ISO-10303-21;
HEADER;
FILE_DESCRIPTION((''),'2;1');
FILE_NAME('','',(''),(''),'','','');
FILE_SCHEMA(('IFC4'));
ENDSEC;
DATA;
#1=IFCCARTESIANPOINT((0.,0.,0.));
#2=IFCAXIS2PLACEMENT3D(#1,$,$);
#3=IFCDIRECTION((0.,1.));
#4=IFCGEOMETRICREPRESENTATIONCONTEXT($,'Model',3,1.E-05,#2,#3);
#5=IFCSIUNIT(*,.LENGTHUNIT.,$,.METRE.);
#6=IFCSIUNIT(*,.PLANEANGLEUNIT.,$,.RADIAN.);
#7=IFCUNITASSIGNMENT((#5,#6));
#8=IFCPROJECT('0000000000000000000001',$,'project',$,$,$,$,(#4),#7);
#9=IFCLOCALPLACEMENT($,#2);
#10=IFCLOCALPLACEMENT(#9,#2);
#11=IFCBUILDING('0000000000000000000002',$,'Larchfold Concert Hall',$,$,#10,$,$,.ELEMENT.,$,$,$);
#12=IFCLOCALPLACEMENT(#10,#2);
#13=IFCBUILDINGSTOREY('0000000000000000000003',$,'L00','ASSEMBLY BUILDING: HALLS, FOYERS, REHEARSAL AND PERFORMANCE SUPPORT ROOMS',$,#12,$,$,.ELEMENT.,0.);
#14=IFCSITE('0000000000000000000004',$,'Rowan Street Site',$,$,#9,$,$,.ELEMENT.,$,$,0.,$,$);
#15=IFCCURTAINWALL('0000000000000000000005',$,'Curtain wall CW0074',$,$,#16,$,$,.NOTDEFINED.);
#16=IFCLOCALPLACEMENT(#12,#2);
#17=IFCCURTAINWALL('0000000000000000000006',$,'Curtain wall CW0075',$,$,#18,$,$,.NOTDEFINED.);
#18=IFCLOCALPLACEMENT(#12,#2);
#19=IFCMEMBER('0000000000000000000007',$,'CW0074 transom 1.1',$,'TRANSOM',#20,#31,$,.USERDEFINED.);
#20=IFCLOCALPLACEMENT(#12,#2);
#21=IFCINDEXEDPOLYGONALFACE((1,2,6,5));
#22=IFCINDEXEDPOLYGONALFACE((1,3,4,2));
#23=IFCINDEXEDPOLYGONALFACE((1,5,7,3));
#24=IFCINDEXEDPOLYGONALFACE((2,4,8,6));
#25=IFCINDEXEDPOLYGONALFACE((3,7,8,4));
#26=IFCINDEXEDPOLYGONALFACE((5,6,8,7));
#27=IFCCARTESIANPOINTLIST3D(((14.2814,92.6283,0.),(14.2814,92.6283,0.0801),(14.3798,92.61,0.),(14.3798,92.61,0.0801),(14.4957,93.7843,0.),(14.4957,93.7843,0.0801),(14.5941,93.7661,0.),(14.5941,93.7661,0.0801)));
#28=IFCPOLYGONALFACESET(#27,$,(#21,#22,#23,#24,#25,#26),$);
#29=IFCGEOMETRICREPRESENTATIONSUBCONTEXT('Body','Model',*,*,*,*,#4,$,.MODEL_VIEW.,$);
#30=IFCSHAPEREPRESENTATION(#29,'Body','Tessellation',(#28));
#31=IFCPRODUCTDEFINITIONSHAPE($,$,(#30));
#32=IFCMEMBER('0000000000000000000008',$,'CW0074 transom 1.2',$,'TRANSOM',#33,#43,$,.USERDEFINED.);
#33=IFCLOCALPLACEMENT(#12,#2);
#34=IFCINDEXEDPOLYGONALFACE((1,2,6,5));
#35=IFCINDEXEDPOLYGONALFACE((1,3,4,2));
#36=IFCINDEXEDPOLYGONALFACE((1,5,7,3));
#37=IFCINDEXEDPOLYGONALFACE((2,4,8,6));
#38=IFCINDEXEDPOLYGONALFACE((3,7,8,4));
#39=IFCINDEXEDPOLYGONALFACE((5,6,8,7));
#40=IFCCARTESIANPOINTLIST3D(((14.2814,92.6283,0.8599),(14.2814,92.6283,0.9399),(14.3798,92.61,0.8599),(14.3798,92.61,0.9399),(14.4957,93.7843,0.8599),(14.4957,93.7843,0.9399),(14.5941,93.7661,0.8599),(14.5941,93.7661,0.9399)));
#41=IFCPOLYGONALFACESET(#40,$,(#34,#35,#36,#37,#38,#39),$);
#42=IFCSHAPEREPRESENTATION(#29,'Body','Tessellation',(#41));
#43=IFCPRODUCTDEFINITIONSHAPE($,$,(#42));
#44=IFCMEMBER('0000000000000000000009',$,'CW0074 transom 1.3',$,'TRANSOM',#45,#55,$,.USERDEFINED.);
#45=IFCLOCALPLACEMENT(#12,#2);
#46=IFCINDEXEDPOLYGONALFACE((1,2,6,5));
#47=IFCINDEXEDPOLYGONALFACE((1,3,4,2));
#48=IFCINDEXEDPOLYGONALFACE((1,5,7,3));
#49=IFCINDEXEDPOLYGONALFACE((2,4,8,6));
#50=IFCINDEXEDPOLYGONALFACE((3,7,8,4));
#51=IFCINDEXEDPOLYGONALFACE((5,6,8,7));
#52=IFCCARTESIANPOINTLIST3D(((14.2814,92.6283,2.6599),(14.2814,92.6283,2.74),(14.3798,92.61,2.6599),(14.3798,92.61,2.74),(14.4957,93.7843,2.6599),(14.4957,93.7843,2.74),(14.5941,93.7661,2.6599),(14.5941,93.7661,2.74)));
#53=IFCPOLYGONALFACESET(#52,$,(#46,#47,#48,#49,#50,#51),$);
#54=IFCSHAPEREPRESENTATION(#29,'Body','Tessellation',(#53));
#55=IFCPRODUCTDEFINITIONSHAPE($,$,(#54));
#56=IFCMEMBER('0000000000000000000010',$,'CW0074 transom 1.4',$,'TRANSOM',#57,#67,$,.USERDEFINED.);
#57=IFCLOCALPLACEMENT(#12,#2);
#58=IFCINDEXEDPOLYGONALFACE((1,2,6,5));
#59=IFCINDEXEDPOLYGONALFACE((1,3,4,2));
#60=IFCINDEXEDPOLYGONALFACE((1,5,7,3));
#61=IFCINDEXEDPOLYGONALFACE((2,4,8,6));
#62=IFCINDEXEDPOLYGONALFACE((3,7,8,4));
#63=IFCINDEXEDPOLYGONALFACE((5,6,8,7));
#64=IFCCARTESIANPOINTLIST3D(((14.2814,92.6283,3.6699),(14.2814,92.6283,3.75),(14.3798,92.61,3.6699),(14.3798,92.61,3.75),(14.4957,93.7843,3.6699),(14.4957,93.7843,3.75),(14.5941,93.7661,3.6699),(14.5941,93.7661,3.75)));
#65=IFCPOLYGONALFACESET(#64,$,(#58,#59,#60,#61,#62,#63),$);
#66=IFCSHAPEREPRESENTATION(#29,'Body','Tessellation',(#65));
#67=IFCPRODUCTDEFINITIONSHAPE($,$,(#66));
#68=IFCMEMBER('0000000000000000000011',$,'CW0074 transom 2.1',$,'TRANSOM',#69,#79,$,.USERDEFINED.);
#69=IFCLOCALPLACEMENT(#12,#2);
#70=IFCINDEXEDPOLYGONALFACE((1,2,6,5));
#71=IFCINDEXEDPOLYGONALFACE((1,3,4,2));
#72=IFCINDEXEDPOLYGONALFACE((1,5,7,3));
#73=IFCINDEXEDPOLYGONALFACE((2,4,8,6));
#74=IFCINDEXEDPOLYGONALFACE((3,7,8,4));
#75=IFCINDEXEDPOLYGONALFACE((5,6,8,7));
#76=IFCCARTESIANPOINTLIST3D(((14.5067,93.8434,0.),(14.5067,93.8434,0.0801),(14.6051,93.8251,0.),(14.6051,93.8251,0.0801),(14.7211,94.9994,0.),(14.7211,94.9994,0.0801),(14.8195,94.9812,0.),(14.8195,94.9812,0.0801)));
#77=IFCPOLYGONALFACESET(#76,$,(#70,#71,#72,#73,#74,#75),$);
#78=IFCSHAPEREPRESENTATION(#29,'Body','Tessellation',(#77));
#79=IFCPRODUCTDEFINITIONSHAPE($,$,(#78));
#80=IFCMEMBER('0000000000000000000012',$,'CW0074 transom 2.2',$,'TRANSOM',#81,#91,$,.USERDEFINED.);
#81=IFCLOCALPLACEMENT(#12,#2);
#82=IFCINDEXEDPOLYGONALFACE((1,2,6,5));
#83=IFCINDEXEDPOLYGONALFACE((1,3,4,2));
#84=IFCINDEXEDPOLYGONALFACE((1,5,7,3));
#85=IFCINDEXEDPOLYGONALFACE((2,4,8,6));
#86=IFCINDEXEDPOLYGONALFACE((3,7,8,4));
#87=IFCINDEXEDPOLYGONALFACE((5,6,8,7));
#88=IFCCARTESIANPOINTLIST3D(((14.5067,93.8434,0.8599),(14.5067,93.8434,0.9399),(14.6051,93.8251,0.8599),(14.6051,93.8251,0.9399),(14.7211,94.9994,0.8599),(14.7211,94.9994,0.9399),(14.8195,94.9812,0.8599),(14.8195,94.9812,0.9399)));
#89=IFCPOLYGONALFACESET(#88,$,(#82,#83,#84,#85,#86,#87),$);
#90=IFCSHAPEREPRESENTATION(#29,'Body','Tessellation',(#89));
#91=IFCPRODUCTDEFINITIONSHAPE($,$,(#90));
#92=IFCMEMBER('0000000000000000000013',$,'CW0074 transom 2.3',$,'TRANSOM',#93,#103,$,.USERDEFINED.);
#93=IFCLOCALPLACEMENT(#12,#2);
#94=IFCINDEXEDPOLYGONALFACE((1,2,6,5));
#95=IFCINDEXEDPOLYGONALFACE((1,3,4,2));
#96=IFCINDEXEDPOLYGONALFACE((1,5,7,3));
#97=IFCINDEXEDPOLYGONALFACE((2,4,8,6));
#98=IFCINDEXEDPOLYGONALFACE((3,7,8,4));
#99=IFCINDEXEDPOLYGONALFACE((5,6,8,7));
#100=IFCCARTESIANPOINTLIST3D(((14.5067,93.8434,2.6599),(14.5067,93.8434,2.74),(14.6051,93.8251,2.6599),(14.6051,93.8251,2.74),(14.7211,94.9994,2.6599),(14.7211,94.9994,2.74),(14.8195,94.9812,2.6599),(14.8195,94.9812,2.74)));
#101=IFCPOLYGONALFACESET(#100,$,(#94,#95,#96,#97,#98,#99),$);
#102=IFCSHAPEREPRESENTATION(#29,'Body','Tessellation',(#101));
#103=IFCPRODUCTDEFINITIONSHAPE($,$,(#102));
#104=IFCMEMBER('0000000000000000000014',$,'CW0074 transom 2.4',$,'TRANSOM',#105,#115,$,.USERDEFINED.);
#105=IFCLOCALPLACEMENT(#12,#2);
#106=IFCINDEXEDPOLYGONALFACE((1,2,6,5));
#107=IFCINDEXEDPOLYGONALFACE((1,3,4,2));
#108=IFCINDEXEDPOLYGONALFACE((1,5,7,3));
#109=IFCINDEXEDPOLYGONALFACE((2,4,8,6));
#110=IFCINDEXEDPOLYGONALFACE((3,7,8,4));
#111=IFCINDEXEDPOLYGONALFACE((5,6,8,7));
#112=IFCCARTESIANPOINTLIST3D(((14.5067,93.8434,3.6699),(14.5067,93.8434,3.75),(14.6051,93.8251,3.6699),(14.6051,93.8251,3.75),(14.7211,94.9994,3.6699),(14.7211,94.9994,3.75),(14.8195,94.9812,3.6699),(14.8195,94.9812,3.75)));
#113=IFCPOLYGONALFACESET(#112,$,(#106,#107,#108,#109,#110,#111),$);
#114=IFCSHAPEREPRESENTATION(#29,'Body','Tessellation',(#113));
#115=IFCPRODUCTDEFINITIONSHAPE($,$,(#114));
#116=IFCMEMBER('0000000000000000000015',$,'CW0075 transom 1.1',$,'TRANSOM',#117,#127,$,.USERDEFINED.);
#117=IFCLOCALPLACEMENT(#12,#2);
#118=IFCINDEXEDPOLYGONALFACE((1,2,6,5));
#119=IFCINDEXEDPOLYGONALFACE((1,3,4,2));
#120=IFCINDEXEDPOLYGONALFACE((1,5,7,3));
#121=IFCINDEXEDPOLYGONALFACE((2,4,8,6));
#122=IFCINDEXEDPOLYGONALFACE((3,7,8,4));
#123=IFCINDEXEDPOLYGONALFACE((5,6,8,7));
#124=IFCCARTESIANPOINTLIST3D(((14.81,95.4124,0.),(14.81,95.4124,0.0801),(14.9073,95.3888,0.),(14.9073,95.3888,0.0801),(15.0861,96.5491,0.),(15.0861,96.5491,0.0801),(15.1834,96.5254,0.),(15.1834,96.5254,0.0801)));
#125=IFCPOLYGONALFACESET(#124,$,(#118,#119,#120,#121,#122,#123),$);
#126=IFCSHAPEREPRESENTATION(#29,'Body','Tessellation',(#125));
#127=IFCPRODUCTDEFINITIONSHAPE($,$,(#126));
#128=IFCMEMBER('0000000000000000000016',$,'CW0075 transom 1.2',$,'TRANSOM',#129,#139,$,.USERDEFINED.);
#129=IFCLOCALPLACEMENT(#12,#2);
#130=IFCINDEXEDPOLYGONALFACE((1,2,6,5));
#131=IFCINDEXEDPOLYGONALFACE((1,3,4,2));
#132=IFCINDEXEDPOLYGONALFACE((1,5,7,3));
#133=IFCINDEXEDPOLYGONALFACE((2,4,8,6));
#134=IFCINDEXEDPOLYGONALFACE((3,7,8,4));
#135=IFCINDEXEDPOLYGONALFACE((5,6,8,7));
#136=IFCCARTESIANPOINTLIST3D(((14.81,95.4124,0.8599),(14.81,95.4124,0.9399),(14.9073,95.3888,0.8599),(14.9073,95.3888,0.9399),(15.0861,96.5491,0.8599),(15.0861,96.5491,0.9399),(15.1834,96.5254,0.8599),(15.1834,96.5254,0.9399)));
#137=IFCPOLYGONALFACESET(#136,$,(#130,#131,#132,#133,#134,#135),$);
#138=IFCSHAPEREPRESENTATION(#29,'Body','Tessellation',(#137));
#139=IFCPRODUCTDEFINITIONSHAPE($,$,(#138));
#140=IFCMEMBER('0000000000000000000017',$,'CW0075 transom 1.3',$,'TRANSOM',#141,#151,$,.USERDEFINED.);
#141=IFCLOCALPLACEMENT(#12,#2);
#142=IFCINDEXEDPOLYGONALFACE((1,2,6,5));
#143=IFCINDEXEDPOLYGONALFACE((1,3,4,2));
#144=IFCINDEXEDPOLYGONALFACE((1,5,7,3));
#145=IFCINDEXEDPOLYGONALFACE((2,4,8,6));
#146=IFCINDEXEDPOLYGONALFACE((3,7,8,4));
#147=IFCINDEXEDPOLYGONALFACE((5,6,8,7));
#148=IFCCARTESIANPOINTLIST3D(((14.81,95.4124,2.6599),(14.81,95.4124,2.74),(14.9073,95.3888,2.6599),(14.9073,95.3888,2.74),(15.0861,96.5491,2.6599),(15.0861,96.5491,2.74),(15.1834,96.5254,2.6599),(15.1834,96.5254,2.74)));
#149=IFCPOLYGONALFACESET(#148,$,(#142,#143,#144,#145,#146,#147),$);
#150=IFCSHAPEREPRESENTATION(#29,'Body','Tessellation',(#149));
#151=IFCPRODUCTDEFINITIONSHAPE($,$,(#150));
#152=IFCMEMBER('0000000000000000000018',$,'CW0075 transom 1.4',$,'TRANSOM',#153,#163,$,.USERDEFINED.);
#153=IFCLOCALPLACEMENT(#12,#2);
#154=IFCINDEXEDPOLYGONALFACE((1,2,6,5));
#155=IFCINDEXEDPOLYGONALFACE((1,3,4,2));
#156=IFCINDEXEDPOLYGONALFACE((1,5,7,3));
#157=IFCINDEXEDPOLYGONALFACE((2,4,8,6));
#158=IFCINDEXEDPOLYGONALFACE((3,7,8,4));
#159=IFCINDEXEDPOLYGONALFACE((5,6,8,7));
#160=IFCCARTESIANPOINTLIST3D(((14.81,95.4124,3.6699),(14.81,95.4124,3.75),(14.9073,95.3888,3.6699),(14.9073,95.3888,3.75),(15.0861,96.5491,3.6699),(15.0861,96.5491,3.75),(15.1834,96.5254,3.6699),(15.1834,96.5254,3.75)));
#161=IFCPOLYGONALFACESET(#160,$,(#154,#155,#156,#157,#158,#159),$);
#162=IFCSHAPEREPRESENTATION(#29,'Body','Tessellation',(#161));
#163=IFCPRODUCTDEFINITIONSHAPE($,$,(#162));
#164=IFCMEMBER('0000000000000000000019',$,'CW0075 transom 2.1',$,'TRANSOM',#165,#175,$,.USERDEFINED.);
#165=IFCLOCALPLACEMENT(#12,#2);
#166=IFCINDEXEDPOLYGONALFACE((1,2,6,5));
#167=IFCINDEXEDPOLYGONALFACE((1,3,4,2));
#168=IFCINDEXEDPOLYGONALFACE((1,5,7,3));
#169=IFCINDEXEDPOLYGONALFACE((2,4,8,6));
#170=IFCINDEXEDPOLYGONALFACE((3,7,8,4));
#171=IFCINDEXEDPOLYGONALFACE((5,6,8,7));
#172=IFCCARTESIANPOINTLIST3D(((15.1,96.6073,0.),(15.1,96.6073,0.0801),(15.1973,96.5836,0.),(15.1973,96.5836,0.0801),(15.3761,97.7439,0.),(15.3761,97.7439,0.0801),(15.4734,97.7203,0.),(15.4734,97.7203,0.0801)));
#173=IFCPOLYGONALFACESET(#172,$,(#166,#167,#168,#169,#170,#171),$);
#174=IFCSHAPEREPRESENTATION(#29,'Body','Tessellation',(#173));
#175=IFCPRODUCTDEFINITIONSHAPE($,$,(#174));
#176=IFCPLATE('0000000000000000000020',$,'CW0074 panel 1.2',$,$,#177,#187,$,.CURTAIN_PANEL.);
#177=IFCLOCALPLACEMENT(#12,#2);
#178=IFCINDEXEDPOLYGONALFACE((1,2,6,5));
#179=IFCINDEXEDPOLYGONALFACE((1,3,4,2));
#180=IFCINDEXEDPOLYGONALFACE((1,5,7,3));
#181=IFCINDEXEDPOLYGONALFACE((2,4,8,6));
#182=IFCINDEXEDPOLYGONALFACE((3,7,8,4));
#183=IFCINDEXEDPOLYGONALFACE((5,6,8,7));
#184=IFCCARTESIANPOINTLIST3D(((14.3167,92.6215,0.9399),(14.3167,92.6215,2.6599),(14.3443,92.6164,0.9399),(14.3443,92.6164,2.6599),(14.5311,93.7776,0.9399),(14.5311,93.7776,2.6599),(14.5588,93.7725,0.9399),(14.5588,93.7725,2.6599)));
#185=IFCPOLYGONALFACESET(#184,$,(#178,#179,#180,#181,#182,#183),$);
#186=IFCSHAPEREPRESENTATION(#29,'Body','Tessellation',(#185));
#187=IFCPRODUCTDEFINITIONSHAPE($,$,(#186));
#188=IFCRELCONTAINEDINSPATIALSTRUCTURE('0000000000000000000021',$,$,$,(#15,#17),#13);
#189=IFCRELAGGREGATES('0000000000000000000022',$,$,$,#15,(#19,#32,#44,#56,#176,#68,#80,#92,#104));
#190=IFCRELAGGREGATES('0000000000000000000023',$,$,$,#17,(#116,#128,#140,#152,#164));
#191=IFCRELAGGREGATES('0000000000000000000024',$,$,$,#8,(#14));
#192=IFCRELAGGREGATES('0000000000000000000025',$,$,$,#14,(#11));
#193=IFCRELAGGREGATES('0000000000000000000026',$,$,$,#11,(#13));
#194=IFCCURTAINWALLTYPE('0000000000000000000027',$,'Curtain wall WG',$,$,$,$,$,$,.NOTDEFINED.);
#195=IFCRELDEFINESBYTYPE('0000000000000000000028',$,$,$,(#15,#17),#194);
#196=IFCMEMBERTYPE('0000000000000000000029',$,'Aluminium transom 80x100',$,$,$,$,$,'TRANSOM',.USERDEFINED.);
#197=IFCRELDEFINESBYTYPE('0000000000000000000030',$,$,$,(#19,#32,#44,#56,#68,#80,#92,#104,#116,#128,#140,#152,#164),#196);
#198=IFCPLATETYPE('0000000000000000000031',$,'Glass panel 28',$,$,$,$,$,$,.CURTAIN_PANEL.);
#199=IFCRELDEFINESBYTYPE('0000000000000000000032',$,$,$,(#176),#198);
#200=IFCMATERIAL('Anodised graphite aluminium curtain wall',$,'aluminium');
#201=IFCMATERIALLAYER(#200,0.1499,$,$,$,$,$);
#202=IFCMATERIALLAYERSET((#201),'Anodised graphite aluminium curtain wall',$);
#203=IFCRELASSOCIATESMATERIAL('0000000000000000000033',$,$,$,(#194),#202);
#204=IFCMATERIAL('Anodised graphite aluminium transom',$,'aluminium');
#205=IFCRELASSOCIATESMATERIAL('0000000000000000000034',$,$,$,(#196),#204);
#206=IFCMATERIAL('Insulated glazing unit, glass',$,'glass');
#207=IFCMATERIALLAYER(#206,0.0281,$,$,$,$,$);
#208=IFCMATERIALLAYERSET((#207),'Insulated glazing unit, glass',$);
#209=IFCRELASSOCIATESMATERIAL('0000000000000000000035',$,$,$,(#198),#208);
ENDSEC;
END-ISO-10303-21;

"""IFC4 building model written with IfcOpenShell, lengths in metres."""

from ifc_helpers import new_model, si_unit, direction, frame, origin, origin_2d, place, context, subcontext, project, spatial, rectangle, extrude, material, layer, layer_set, material_profile, profile_set, type_object, element, aggregate, save


model = new_model("IFC4")

# Units and contexts
model_context = context("Model", 3, precision=1e-05, world=origin(), true_north=direction((0.0, 1.0)))
body_context = subcontext(model_context, "Body", "Model", "MODEL_VIEW")
ifc_project = project(units=[si_unit("LENGTHUNIT", "METRE"), si_unit("PLANEANGLEUNIT", "RADIAN")], contexts=[model_context])

# Site, building, storey
site_placement = place(None, origin())
site = spatial("IfcSite", under=ifc_project, at=site_placement, Name="Rowan Street Site", CompositionType="ELEMENT", RefElevation=0.0)
building_placement = place(site_placement, origin())
building = spatial("IfcBuilding", under=site, at=building_placement, Name="Larchfold Concert Hall", CompositionType="ELEMENT")
storey_placement = place(building_placement, origin())
storey = spatial("IfcBuildingStorey", under=building, at=storey_placement, Name="L00", Description="ASSEMBLY BUILDING: HALLS, FOYERS, REHEARSAL AND PERFORMANCE SUPPORT ROOMS", CompositionType="ELEMENT", Elevation=0.0)

# Shared definitions
ifc_material_1 = material(Name="Anodised graphite aluminium curtain wall", Category="aluminium")
ifc_layer_1 = layer(ifc_material_1, 0.1499)
ifc_layer_set_1 = layer_set([ifc_layer_1], Name="Anodised graphite aluminium curtain wall")
curtain_wall_type = type_object("IfcCurtainWallType", Name="Curtain wall WG", PredefinedType="NOTDEFINED", material=ifc_layer_set_1)

# Curtain walls
curtain_wall_1_placement = place(storey_placement, origin())
curtain_wall_1 = element("IfcCurtainWall", 1, at=curtain_wall_1_placement, inside=storey, type_object=curtain_wall_type, Name="Curtain wall CW0074", PredefinedType="NOTDEFINED")
curtain_wall_2_placement = place(storey_placement, origin())
curtain_wall_2 = element("IfcCurtainWall", 2, at=curtain_wall_2_placement, inside=storey, type_object=curtain_wall_type, Name="Curtain wall CW0075", PredefinedType="NOTDEFINED")

# Members
ifc_material_2 = material(Name="Anodised graphite aluminium transom", Category="aluminium")
ifc_material_profile_1 = material_profile(ifc_material_2, rectangle(XDim=0.1001, YDim=0.0801, at=origin_2d()))
ifc_profile_set_1 = profile_set([ifc_material_profile_1], Name="Anodised graphite aluminium transom")
member_type_1 = type_object("IfcMemberType", Name="Aluminium transom 80x100", ElementType="TRANSOM", PredefinedType="USERDEFINED", material=ifc_profile_set_1)
member_1_placement = place(storey_placement, frame((14.3306, 92.6191, 0.04), z_axis=(0.18232, 0.983239, 0.0), x_axis=(-0.983239, 0.18232, 0.0)))
member_1 = element("IfcMember", 3, at=member_1_placement, type_object=member_type_1, Name="CW0074 transom 1.1", ObjectType="TRANSOM", PredefinedType="USERDEFINED", context=body_context, shape_type="SweptSolid", body=[
    extrude(rectangle(XDim=0.1001, YDim=0.0801, at=origin_2d()), origin(), (0.0, 0.0, 1.0), 1.1758),
])
member_2_placement = place(storey_placement, frame((14.3306, 92.6191, 0.8999), z_axis=(0.18232, 0.983239, 0.0), x_axis=(-0.983239, 0.18232, 0.0)))
member_2 = element("IfcMember", 4, at=member_2_placement, type_object=member_type_1, Name="CW0074 transom 1.2", ObjectType="TRANSOM", PredefinedType="USERDEFINED", context=body_context, shape_type="SweptSolid", body=[
    extrude(rectangle(XDim=0.1001, YDim=0.0801, at=origin_2d()), origin(), (0.0, 0.0, 1.0), 1.1758),
])
member_3_placement = place(storey_placement, frame((14.3306, 92.6191, 2.7), z_axis=(0.18232, 0.983239, 0.0), x_axis=(-0.983239, 0.18232, 0.0)))
member_3 = element("IfcMember", 5, at=member_3_placement, type_object=member_type_1, Name="CW0074 transom 1.3", ObjectType="TRANSOM", PredefinedType="USERDEFINED", context=body_context, shape_type="SweptSolid", body=[
    extrude(rectangle(XDim=0.1001, YDim=0.0801, at=origin_2d()), origin(), (0.0, 0.0, 1.0), 1.1758),
])
member_4_placement = place(storey_placement, frame((14.3306, 92.6191, 3.71), z_axis=(0.18232, 0.983239, 0.0), x_axis=(-0.983239, 0.18232, 0.0)))
member_4 = element("IfcMember", 6, at=member_4_placement, type_object=member_type_1, Name="CW0074 transom 1.4", ObjectType="TRANSOM", PredefinedType="USERDEFINED", context=body_context, shape_type="SweptSolid", body=[
    extrude(rectangle(XDim=0.1001, YDim=0.0801, at=origin_2d()), origin(), (0.0, 0.0, 1.0), 1.1758),
])
member_5_placement = place(storey_placement, frame((14.5559, 93.8342, 0.04), z_axis=(0.18232, 0.983239, 0.0), x_axis=(-0.983239, 0.18232, 0.0)))
member_5 = element("IfcMember", 7, at=member_5_placement, type_object=member_type_1, Name="CW0074 transom 2.1", ObjectType="TRANSOM", PredefinedType="USERDEFINED", context=body_context, shape_type="SweptSolid", body=[
    extrude(rectangle(XDim=0.1001, YDim=0.0801, at=origin_2d()), origin(), (0.0, 0.0, 1.0), 1.1758),
])
member_6_placement = place(storey_placement, frame((14.5559, 93.8342, 0.8999), z_axis=(0.18232, 0.983239, 0.0), x_axis=(-0.983239, 0.18232, 0.0)))
member_6 = element("IfcMember", 8, at=member_6_placement, type_object=member_type_1, Name="CW0074 transom 2.2", ObjectType="TRANSOM", PredefinedType="USERDEFINED", context=body_context, shape_type="SweptSolid", body=[
    extrude(rectangle(XDim=0.1001, YDim=0.0801, at=origin_2d()), origin(), (0.0, 0.0, 1.0), 1.1758),
])
member_7_placement = place(storey_placement, frame((14.5559, 93.8342, 2.7), z_axis=(0.18232, 0.983239, 0.0), x_axis=(-0.983239, 0.18232, 0.0)))
member_7 = element("IfcMember", 9, at=member_7_placement, type_object=member_type_1, Name="CW0074 transom 2.3", ObjectType="TRANSOM", PredefinedType="USERDEFINED", context=body_context, shape_type="SweptSolid", body=[
    extrude(rectangle(XDim=0.1001, YDim=0.0801, at=origin_2d()), origin(), (0.0, 0.0, 1.0), 1.1758),
])
member_8_placement = place(storey_placement, frame((14.5559, 93.8342, 3.71), z_axis=(0.18232, 0.983239, 0.0), x_axis=(-0.983239, 0.18232, 0.0)))
member_8 = element("IfcMember", 10, at=member_8_placement, type_object=member_type_1, Name="CW0074 transom 2.4", ObjectType="TRANSOM", PredefinedType="USERDEFINED", context=body_context, shape_type="SweptSolid", body=[
    extrude(rectangle(XDim=0.1001, YDim=0.0801, at=origin_2d()), origin(), (0.0, 0.0, 1.0), 1.1758),
])
member_9_placement = place(storey_placement, frame((14.8586, 95.4006, 0.04), z_axis=(0.236048, 0.971741, 0.0), x_axis=(-0.971741, 0.236048, 0.0)))
member_9 = element("IfcMember", 11, at=member_9_placement, type_object=member_type_1, Name="CW0075 transom 1.1", ObjectType="TRANSOM", PredefinedType="USERDEFINED", context=body_context, shape_type="SweptSolid", body=[
    extrude(rectangle(XDim=0.1001, YDim=0.0801, at=origin_2d()), origin(), (0.0, 0.0, 1.0), 1.1697),
])
member_10_placement = place(storey_placement, frame((14.8586, 95.4006, 0.8999), z_axis=(0.236048, 0.971741, 0.0), x_axis=(-0.971741, 0.236048, 0.0)))
member_10 = element("IfcMember", 12, at=member_10_placement, type_object=member_type_1, Name="CW0075 transom 1.2", ObjectType="TRANSOM", PredefinedType="USERDEFINED", context=body_context, shape_type="SweptSolid", body=[
    extrude(rectangle(XDim=0.1001, YDim=0.0801, at=origin_2d()), origin(), (0.0, 0.0, 1.0), 1.1697),
])
member_11_placement = place(storey_placement, frame((14.8586, 95.4006, 2.7), z_axis=(0.236048, 0.971741, 0.0), x_axis=(-0.971741, 0.236048, 0.0)))
member_11 = element("IfcMember", 13, at=member_11_placement, type_object=member_type_1, Name="CW0075 transom 1.3", ObjectType="TRANSOM", PredefinedType="USERDEFINED", context=body_context, shape_type="SweptSolid", body=[
    extrude(rectangle(XDim=0.1001, YDim=0.0801, at=origin_2d()), origin(), (0.0, 0.0, 1.0), 1.1697),
])
member_12_placement = place(storey_placement, frame((14.8586, 95.4006, 3.71), z_axis=(0.236048, 0.971741, 0.0), x_axis=(-0.971741, 0.236048, 0.0)))
member_12 = element("IfcMember", 14, at=member_12_placement, type_object=member_type_1, Name="CW0075 transom 1.4", ObjectType="TRANSOM", PredefinedType="USERDEFINED", context=body_context, shape_type="SweptSolid", body=[
    extrude(rectangle(XDim=0.1001, YDim=0.0801, at=origin_2d()), origin(), (0.0, 0.0, 1.0), 1.1697),
])
member_13_placement = place(storey_placement, frame((15.1487, 96.5955, 0.04), z_axis=(0.236048, 0.971741, 0.0), x_axis=(-0.971741, 0.236048, 0.0)))
member_13 = element("IfcMember", 15, at=member_13_placement, type_object=member_type_1, Name="CW0075 transom 2.1", ObjectType="TRANSOM", PredefinedType="USERDEFINED", context=body_context, shape_type="SweptSolid", body=[
    extrude(rectangle(XDim=0.1001, YDim=0.0801, at=origin_2d()), origin(), (0.0, 0.0, 1.0), 1.1697),
])

# Plate
ifc_material_3 = material(Name="Insulated glazing unit, glass", Category="glass")
ifc_layer_2 = layer(ifc_material_3, 0.0281)
ifc_layer_set_2 = layer_set([ifc_layer_2], Name="Insulated glazing unit, glass")
plate_type_1 = type_object("IfcPlateType", Name="Glass panel 28", PredefinedType="CURTAIN_PANEL", material=ifc_layer_set_2)
plate_1_placement = place(storey_placement, frame((14.4377, 93.197, 0.9399), z_axis=(0.0, 0.0, 1.0), x_axis=(0.182355, 0.983233, 0.0)))
plate_1 = element("IfcPlate", 16, at=plate_1_placement, type_object=plate_type_1, Name="CW0074 panel 1.2", PredefinedType="CURTAIN_PANEL", context=body_context, shape_type="SweptSolid", body=[
    extrude(rectangle(XDim=1.1758, YDim=0.0281, at=origin_2d()), origin(), (0.0, 0.0, 1.0), 1.72),
])
aggregate(curtain_wall_1, [member_1, member_2, member_3, member_4, plate_1, member_5, member_6, member_7, member_8])
aggregate(curtain_wall_2, [member_9, member_10, member_11, member_12, member_13])

save(model, "model.ifc")
